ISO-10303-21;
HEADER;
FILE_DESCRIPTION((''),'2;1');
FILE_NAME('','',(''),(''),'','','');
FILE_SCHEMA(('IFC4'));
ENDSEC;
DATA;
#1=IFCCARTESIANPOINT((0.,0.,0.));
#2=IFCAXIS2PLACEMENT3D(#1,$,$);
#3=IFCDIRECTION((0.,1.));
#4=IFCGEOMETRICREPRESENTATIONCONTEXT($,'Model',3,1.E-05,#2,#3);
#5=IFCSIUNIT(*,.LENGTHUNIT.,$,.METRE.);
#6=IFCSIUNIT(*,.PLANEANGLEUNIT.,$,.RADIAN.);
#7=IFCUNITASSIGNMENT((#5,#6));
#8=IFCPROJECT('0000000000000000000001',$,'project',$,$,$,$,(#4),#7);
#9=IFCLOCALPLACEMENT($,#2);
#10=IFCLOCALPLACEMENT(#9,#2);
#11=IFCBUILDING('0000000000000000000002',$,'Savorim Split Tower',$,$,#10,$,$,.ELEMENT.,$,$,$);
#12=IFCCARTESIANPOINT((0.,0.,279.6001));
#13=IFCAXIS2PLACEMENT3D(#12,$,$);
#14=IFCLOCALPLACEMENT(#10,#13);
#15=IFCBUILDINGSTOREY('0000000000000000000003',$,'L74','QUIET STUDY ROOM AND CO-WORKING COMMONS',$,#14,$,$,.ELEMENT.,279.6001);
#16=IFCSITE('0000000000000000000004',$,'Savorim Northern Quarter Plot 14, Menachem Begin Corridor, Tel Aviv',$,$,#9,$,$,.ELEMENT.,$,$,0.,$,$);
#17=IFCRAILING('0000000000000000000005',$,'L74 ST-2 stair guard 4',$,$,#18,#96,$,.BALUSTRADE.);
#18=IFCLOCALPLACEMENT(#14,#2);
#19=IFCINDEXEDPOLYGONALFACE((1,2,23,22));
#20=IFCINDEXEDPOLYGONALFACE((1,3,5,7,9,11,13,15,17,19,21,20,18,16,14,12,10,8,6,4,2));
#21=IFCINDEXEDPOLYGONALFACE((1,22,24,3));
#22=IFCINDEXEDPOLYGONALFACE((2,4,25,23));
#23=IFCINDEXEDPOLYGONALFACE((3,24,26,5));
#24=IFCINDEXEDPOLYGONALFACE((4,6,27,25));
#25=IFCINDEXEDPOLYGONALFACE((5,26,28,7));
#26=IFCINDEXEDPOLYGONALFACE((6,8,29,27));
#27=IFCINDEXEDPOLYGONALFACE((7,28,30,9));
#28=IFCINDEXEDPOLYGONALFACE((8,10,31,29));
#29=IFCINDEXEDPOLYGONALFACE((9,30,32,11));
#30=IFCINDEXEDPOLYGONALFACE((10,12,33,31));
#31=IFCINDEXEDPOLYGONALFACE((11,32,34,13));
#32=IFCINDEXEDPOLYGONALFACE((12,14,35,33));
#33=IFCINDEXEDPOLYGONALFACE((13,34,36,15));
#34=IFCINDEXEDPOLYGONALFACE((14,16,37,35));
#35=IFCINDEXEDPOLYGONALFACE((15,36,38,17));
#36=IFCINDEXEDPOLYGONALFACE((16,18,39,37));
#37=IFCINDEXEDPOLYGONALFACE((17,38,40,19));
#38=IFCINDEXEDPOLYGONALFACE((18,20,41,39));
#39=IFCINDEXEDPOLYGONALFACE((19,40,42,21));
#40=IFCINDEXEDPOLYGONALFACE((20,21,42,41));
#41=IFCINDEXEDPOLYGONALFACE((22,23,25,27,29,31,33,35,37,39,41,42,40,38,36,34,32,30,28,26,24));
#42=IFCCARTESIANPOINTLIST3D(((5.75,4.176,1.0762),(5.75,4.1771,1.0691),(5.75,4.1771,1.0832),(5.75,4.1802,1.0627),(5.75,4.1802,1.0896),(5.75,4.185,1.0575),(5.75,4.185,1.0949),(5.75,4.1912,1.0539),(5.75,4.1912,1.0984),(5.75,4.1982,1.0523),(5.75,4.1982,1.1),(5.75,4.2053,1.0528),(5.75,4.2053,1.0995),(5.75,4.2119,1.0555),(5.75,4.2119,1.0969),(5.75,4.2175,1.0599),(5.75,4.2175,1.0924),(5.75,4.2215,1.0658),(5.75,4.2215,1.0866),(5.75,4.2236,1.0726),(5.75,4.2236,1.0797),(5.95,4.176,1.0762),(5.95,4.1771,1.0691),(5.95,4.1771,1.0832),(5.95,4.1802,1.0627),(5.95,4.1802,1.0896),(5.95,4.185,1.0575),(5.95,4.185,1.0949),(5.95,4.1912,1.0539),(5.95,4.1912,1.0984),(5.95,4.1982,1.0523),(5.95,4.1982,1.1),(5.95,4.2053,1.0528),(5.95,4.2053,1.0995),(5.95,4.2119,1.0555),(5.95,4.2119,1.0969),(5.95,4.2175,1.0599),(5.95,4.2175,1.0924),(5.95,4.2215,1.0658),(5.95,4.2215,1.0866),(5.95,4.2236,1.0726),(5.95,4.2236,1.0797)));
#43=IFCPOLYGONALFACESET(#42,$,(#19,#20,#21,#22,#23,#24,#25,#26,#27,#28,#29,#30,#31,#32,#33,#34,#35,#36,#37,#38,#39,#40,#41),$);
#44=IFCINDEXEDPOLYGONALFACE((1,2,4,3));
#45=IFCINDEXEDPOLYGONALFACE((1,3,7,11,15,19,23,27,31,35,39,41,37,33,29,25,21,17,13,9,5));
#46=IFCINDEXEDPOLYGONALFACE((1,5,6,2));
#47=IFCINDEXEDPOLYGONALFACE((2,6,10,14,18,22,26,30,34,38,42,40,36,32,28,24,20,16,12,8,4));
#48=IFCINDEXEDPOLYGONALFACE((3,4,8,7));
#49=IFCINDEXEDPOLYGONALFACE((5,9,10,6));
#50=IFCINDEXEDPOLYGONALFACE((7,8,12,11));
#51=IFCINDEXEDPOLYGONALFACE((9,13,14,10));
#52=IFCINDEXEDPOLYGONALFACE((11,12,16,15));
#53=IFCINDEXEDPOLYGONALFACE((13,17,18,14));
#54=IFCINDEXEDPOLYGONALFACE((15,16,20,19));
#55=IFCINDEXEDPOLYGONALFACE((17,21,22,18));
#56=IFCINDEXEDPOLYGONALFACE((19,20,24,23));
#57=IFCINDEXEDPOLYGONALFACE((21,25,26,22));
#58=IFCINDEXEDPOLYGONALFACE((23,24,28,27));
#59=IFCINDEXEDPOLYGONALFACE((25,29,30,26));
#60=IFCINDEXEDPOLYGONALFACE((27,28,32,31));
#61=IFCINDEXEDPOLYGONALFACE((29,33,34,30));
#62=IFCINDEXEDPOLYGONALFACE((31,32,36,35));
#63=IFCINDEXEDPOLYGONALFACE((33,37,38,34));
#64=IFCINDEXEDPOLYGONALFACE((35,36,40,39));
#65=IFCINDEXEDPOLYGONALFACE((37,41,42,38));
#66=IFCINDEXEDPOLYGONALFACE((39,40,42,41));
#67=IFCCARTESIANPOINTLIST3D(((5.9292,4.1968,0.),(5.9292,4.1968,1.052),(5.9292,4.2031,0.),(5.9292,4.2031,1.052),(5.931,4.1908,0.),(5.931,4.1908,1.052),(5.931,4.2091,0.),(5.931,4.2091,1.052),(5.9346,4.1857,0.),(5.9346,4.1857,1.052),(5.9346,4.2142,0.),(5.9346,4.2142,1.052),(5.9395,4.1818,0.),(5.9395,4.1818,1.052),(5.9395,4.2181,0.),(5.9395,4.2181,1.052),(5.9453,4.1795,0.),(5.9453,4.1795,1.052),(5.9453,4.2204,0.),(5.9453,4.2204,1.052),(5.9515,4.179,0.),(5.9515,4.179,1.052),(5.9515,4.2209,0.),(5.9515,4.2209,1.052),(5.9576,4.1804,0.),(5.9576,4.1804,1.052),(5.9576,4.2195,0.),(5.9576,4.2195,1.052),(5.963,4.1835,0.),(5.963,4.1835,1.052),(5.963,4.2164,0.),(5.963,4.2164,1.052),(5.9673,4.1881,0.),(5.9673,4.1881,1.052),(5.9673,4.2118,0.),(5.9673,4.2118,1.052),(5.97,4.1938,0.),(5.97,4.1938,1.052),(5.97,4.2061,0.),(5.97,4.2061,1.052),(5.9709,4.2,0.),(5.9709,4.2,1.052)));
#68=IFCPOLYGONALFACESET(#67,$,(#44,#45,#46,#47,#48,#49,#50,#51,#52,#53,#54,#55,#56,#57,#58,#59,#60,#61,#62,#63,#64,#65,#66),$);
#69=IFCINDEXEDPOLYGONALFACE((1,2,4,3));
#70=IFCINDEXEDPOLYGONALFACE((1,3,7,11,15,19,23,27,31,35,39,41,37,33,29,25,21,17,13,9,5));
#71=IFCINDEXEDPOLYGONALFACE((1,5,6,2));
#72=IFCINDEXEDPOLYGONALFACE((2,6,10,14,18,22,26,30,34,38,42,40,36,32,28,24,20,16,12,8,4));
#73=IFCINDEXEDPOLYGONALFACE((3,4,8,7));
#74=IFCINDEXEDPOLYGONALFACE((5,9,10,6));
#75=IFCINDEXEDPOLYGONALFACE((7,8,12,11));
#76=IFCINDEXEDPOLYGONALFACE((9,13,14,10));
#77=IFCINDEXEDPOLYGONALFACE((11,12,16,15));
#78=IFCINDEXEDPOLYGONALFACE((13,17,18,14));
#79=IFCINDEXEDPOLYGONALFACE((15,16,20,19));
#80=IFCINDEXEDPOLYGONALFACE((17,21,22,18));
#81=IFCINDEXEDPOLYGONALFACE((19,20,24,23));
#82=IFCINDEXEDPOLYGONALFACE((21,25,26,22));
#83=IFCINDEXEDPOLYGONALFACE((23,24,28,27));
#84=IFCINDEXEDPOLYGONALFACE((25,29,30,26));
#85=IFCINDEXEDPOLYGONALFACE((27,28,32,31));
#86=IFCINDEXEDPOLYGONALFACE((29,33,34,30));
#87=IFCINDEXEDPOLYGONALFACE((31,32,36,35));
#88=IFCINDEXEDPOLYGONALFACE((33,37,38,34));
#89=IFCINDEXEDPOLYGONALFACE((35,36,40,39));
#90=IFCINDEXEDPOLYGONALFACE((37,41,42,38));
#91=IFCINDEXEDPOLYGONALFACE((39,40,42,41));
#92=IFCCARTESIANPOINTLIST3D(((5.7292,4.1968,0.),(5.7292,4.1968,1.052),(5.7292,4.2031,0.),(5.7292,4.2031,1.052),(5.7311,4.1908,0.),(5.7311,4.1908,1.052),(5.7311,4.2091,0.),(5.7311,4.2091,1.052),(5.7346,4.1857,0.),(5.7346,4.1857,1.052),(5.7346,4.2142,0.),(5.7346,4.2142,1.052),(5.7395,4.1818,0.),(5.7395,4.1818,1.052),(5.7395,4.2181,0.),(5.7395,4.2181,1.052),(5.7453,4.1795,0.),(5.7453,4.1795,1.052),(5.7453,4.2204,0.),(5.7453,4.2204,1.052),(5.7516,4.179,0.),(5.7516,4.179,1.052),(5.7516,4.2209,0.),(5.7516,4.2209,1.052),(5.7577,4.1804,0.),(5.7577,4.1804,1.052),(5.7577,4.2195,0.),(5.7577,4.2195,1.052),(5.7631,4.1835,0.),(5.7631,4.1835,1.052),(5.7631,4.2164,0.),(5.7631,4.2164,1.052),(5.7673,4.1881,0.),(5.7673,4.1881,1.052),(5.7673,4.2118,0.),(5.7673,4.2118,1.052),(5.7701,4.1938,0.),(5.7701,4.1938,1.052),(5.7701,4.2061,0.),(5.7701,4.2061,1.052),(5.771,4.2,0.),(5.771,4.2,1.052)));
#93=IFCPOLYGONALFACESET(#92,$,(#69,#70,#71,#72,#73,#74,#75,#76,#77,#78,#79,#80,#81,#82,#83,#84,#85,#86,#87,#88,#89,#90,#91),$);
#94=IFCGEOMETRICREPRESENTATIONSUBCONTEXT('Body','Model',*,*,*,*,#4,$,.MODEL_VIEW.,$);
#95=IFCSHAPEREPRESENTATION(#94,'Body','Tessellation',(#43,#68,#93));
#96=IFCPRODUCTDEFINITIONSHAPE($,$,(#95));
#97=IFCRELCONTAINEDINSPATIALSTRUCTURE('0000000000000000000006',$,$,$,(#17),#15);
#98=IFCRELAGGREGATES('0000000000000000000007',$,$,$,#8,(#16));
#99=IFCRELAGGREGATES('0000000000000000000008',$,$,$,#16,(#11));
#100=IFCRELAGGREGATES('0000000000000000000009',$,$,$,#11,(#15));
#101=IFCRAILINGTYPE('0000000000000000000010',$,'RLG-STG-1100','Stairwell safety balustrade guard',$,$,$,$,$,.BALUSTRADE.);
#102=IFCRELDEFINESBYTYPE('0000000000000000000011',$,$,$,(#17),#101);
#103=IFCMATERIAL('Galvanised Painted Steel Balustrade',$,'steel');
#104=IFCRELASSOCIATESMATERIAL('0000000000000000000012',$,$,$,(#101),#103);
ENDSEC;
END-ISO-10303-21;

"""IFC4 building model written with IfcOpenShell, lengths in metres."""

from ifc_helpers import new_model, si_unit, direction, frame, origin, origin_2d, place, context, subcontext, project, spatial, circle, extrude, material, type_object, element, save


model = new_model("IFC4")

# Units and contexts
model_context = context("Model", 3, precision=1e-05, world=origin(), true_north=direction((0.0, 1.0)))
body_context = subcontext(model_context, "Body", "Model", "MODEL_VIEW")
ifc_project = project(units=[si_unit("LENGTHUNIT", "METRE"), si_unit("PLANEANGLEUNIT", "RADIAN")], contexts=[model_context])

# Site, building, storey
site_placement = place(None, origin())
site = spatial("IfcSite", under=ifc_project, at=site_placement, Name="Savorim Northern Quarter Plot 14, Menachem Begin Corridor, Tel Aviv", CompositionType="ELEMENT", RefElevation=0.0)
building_placement = place(site_placement, origin())
building = spatial("IfcBuilding", under=site, at=building_placement, Name="Savorim Split Tower", CompositionType="ELEMENT")
storey_placement = place(building_placement, frame((0.0, 0.0, 279.6001)))
storey = spatial("IfcBuildingStorey", under=building, at=storey_placement, Name="L74", Description="QUIET STUDY ROOM AND CO-WORKING COMMONS", CompositionType="ELEMENT", Elevation=279.6001)

# Railing
ifc_material_1 = material(Name="Galvanised Painted Steel Balustrade", Category="steel")
railing_type_1 = type_object("IfcRailingType", Name="RLG-STG-1100", Description="Stairwell safety balustrade guard", PredefinedType="BALUSTRADE", material=ifc_material_1)
railing_1_placement = place(storey_placement, frame((5.95, 4.2, 0.0)))
element("IfcRailing", 1, at=railing_1_placement, inside=storey, type_object=railing_type_1, Name="L74 ST-2 stair guard 4", PredefinedType="BALUSTRADE", context=body_context, shape_type="SweptSolid", body=[
    extrude(circle(Radius=0.0239, at=origin_2d()), frame((0.0, 0.0, 1.0762), z_axis=(-1.0, 0.0, 0.0), x_axis=(0.0, -1.0, 0.0)), (0.0, 0.0, 1.0), 0.2),
    extrude(circle(Radius=0.021, at=origin_2d()), origin(), (0.0, 0.0, 1.0), 1.052),
    extrude(circle(Radius=0.021, at=origin_2d()), frame((-0.2, 0.0, 0.0)), (0.0, 0.0, 1.0), 1.052),
])

save(model, "model.ifc")
